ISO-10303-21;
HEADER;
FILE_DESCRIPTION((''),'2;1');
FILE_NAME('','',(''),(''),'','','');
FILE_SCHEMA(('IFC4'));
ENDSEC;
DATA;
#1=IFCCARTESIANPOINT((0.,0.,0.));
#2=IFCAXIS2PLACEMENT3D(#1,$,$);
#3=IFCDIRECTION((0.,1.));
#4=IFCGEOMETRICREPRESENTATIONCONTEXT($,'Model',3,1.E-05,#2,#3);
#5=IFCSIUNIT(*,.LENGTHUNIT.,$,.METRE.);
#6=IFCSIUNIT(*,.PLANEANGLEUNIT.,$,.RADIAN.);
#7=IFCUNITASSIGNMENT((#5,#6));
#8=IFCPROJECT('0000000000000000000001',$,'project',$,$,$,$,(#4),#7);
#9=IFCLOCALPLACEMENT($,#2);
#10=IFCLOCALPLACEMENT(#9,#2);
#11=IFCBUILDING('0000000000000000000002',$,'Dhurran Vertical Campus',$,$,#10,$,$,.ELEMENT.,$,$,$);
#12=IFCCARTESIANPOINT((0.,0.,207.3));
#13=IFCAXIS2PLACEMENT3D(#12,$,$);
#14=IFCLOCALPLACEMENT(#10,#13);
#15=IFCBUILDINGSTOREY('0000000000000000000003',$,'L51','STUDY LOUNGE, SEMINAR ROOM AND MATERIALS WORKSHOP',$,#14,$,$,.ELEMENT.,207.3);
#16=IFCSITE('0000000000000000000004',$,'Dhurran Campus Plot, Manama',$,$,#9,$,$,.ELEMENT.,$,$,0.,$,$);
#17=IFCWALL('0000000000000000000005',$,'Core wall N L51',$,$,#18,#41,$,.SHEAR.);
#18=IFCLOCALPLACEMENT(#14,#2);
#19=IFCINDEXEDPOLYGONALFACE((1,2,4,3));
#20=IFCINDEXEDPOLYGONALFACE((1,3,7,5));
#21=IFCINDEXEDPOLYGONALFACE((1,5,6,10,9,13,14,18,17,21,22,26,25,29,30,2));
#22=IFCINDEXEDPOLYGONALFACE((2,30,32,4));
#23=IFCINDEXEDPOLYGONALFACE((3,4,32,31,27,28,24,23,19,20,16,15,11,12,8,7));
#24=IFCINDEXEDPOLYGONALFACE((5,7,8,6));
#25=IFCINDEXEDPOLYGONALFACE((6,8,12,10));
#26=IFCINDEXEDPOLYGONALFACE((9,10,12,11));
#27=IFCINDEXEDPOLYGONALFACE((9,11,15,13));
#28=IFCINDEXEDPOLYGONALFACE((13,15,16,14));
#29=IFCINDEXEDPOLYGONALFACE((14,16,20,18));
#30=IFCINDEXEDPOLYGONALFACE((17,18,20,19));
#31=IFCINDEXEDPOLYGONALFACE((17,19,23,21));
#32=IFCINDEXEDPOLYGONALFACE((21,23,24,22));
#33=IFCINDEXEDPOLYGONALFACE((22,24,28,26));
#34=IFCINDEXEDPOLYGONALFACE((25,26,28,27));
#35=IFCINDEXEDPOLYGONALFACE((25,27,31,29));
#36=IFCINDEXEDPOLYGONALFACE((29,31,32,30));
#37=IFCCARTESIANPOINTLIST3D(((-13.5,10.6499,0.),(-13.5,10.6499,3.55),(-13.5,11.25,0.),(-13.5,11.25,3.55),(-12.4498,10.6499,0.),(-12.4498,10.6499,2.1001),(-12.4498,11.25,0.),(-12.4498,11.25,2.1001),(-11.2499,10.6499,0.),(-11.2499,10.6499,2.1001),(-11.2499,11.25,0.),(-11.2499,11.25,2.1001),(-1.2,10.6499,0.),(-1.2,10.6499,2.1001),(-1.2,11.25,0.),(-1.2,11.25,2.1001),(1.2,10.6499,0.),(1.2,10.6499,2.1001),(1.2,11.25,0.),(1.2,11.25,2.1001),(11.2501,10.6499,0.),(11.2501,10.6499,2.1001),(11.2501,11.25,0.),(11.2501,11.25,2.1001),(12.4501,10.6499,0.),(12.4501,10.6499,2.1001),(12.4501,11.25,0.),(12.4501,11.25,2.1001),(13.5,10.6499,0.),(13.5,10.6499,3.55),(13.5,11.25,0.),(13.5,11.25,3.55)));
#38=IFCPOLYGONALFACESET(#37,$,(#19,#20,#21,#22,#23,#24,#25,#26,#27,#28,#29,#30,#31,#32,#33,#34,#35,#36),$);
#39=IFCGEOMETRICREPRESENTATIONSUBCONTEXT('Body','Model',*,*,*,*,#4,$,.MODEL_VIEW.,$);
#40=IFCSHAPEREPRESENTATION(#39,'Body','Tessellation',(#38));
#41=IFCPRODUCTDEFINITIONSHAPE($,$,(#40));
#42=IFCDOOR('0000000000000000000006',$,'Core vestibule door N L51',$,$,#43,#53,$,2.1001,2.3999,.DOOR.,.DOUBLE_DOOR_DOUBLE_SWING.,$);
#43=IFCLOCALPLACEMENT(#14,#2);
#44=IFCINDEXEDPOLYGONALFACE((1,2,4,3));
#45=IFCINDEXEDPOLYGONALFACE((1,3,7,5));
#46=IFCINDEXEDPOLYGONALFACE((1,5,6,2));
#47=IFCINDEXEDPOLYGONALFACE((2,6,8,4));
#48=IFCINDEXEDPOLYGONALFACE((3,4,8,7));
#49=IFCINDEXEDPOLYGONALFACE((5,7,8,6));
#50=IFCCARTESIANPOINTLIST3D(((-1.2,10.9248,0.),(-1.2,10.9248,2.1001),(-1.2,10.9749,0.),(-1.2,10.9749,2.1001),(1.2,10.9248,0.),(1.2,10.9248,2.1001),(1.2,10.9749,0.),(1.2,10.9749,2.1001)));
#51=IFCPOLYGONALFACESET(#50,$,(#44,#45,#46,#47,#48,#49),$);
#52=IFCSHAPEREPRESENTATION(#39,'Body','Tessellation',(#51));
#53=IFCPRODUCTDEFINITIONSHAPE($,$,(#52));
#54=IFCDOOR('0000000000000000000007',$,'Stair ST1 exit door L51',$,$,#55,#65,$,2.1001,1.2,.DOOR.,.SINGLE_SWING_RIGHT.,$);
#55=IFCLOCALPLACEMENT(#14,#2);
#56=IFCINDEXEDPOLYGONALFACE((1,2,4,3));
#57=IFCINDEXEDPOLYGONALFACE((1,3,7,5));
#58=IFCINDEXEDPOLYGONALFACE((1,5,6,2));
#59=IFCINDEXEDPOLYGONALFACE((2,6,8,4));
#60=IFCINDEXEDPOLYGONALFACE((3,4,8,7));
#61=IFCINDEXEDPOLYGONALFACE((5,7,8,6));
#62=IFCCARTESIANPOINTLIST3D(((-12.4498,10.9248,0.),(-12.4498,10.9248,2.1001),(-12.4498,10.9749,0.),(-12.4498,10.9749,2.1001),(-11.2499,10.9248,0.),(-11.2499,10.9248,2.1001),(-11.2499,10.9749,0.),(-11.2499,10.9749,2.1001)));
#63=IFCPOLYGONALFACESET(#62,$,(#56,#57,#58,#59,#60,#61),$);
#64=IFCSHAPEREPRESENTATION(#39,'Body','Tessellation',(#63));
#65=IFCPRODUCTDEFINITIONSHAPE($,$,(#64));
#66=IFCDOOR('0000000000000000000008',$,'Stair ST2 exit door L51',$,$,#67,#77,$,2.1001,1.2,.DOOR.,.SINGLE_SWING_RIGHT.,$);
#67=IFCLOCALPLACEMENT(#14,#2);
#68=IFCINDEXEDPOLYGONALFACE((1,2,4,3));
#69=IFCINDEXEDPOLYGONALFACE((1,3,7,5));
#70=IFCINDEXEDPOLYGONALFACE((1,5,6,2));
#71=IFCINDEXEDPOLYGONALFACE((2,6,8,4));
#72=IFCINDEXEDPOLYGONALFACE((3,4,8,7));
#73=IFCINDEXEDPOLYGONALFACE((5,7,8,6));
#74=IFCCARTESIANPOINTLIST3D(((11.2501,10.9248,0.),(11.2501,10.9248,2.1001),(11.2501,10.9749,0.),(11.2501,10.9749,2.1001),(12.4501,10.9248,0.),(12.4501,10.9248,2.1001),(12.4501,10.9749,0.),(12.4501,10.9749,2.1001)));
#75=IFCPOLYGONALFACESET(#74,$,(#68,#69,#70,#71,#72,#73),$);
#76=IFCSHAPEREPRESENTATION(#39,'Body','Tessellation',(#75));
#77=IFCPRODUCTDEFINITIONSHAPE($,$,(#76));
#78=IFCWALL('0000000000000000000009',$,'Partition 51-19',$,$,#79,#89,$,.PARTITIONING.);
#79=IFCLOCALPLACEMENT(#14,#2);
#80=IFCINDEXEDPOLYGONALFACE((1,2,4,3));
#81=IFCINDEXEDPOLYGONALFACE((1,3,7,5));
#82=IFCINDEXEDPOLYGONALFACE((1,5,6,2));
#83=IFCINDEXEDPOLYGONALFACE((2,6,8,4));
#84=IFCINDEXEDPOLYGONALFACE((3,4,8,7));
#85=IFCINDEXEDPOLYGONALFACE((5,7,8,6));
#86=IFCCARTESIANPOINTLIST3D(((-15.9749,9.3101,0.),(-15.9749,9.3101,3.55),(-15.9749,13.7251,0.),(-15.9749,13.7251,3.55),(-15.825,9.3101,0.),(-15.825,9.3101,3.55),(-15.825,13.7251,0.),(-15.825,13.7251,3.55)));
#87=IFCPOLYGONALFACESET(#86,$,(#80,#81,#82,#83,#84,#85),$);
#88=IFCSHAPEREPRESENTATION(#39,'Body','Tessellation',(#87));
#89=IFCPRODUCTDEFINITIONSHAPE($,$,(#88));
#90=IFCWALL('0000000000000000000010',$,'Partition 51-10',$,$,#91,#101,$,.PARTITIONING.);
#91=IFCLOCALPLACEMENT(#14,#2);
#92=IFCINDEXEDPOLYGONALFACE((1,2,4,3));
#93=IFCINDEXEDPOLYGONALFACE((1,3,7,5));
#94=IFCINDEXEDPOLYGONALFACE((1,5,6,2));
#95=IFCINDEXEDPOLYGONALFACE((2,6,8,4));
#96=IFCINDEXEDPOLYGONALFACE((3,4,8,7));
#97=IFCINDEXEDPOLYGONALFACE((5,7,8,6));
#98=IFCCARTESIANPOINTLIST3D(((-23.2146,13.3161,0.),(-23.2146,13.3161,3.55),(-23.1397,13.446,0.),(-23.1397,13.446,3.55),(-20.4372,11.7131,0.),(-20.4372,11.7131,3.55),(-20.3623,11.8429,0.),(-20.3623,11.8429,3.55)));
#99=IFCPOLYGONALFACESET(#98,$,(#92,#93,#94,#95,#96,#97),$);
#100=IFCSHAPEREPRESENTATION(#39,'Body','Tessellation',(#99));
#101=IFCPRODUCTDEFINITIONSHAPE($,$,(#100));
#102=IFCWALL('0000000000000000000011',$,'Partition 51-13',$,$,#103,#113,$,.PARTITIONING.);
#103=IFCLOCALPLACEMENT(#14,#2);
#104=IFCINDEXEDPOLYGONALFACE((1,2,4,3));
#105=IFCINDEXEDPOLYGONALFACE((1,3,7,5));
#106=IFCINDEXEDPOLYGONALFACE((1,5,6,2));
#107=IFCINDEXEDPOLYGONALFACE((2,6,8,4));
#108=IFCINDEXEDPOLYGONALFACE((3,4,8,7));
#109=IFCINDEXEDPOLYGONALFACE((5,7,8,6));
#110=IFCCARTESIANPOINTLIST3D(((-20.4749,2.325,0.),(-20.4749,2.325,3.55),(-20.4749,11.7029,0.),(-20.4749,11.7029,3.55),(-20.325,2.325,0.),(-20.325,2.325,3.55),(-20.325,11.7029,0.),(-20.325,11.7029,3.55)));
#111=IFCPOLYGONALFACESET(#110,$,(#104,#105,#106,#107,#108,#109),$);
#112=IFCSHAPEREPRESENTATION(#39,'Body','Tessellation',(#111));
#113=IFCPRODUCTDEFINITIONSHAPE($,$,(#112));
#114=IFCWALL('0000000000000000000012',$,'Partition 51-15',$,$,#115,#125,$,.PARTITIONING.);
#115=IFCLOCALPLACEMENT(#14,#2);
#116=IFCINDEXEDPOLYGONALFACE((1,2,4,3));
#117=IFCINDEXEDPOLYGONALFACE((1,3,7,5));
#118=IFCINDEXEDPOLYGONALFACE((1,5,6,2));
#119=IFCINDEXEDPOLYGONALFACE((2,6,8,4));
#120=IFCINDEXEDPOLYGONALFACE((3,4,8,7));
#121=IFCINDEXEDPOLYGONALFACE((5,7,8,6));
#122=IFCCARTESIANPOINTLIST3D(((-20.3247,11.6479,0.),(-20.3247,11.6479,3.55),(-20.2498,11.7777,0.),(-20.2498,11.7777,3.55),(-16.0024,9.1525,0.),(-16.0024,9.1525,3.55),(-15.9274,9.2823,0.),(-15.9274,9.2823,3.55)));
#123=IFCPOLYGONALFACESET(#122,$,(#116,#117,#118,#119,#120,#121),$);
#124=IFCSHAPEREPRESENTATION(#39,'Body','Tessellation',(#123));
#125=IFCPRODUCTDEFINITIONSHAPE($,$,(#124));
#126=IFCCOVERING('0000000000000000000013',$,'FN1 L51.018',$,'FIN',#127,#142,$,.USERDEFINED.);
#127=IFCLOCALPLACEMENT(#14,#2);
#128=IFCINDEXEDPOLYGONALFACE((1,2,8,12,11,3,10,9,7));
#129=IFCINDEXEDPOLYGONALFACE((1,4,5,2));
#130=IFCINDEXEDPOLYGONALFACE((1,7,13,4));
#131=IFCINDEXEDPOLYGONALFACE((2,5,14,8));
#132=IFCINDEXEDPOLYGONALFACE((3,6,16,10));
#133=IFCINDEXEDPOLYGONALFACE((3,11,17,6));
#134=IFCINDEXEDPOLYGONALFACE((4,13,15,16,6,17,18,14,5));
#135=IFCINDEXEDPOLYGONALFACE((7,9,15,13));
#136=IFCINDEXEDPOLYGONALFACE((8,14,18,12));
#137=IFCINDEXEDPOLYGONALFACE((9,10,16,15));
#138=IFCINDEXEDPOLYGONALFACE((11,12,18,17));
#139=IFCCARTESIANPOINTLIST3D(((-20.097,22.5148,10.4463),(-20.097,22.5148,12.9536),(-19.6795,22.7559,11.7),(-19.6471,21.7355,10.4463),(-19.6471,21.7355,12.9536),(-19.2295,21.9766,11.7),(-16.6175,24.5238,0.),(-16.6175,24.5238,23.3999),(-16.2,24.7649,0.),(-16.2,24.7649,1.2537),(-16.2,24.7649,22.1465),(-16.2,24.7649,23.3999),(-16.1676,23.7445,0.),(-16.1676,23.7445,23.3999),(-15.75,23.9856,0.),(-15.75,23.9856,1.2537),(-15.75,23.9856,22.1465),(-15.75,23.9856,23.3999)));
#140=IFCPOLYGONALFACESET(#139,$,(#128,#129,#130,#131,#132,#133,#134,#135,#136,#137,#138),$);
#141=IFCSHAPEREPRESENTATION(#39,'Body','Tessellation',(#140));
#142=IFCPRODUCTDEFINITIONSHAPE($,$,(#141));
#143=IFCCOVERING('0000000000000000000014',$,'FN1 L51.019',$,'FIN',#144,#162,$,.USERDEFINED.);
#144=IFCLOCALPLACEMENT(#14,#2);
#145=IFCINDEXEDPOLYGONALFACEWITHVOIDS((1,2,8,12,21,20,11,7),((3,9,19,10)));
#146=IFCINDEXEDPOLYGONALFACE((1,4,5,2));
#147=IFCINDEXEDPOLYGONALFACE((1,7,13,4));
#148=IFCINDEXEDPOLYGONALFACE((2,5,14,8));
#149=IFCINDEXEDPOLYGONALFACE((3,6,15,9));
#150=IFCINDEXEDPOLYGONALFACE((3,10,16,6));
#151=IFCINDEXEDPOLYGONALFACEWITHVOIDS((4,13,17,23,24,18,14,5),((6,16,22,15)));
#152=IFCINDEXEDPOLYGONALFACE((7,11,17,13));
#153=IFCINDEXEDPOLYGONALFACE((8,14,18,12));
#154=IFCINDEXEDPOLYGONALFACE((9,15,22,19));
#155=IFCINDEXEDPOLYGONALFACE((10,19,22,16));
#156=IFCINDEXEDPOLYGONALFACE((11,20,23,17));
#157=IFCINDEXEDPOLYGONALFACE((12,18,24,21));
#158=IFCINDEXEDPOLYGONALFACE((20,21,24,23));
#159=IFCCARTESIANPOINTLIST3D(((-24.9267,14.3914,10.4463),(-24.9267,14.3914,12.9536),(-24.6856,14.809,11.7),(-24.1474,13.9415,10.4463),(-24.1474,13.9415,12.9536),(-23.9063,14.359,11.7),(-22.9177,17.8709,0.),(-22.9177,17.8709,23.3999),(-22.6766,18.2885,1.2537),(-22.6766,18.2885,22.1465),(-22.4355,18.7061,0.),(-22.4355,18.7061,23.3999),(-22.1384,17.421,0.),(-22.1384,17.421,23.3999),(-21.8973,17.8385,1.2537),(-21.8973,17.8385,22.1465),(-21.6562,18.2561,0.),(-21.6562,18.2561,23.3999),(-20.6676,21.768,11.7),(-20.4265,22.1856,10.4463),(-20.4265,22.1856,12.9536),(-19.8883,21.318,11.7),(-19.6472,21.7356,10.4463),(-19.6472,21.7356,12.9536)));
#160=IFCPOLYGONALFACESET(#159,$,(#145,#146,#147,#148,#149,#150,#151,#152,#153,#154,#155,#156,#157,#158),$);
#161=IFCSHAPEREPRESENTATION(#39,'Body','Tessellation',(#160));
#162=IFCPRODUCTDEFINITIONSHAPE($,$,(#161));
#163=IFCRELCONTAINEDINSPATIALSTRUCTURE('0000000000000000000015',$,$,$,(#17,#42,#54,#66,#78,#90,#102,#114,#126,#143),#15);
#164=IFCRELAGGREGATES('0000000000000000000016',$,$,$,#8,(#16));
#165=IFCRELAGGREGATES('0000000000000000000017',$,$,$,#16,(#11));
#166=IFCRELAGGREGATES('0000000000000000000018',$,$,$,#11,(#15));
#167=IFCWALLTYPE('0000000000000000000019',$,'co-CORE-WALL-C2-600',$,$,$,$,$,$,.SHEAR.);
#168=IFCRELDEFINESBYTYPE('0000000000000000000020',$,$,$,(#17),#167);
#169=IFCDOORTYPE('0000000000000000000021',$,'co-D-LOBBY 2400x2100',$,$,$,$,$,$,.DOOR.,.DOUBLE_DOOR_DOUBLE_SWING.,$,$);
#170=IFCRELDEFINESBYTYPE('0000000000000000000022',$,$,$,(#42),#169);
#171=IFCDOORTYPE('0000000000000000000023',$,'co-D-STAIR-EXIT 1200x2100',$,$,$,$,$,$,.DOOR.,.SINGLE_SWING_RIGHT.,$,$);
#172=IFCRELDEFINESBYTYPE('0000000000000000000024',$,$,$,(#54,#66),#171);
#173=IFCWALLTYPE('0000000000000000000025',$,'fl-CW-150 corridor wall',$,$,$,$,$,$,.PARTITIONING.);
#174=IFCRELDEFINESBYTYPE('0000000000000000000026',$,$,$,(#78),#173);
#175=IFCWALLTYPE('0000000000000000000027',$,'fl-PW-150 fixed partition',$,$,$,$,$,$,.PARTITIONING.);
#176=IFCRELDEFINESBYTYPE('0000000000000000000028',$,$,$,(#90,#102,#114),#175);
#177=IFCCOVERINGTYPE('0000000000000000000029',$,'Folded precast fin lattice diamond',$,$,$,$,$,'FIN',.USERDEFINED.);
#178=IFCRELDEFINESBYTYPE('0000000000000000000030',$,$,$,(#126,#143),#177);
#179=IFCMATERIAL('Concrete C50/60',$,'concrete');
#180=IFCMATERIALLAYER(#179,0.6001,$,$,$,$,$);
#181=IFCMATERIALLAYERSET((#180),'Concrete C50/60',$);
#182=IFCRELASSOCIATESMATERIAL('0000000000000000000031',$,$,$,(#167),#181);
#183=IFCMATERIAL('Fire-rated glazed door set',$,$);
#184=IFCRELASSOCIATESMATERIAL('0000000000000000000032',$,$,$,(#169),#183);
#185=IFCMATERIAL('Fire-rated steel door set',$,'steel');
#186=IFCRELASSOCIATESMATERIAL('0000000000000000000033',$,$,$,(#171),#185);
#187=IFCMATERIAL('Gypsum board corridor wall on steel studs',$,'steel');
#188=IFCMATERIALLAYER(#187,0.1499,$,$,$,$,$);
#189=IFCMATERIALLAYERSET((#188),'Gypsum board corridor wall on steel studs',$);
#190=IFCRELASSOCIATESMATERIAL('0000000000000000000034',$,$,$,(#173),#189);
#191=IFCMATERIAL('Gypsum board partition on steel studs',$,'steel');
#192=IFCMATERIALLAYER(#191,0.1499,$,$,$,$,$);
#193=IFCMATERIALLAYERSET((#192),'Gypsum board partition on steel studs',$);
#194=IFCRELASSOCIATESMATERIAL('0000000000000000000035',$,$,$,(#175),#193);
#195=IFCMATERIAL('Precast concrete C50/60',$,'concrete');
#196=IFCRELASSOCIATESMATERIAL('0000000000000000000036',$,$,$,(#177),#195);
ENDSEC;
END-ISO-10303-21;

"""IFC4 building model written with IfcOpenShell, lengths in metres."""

from ifc_helpers import new_model, si_unit, direction, frame, frame_2d, origin, place, context, subcontext, project, spatial, polyline, rectangle, outline, extrude, material, layer, layer_set, type_object, element, fill, save


model = new_model("IFC4")

# Units and contexts
model_context = context("Model", 3, precision=1e-05, world=origin(), true_north=direction((0.0, 1.0)))
body_context = subcontext(model_context, "Body", "Model", "MODEL_VIEW")
ifc_project = project(units=[si_unit("LENGTHUNIT", "METRE"), si_unit("PLANEANGLEUNIT", "RADIAN")], contexts=[model_context])

# Site, building, storey
site_placement = place(None, origin())
site = spatial("IfcSite", under=ifc_project, at=site_placement, Name="Dhurran Campus Plot, Manama", CompositionType="ELEMENT", RefElevation=0.0)
building_placement = place(site_placement, origin())
building = spatial("IfcBuilding", under=site, at=building_placement, Name="Dhurran Vertical Campus", CompositionType="ELEMENT")
storey_placement = place(building_placement, frame((0.0, 0.0, 207.3)))
storey = spatial("IfcBuildingStorey", under=building, at=storey_placement, Name="L51", Description="STUDY LOUNGE, SEMINAR ROOM AND MATERIALS WORKSHOP", CompositionType="ELEMENT", Elevation=207.3)

# Wall, openings, doors
ifc_material_1 = material(Name="Concrete C50/60", Category="concrete")
ifc_layer_1 = layer(ifc_material_1, 0.6001)
ifc_layer_set_1 = layer_set([ifc_layer_1], Name="Concrete C50/60")
wall_type_1 = type_object("IfcWallType", Name="co-CORE-WALL-C2-600", PredefinedType="SHEAR", material=ifc_layer_set_1)
wall_1_placement = place(storey_placement, frame((-13.5, 10.95, 0.0), z_axis=(0.0, 0.0, 1.0), x_axis=(1.0, 0.0, 0.0)))
wall_1 = element("IfcWall", 1, at=wall_1_placement, inside=storey, type_object=wall_type_1, Name="Core wall N L51", PredefinedType="SHEAR", context=body_context, shape_type="SweptSolid", body=[
    extrude(rectangle(XDim=27.0, YDim=0.6001, at=frame_2d((13.5, 0.0))), origin(), (0.0, 0.0, 1.0), 3.55),
])
opening_1_placement = place(wall_1_placement, frame((12.3, 0.0, 0.0)))
opening_1 = element("IfcOpeningElement", 2, at=opening_1_placement, cuts=wall_1, PredefinedType="OPENING", context=body_context, shape_type="SweptSolid", body=[
    extrude(rectangle(XDim=2.3999, YDim=2.1001, at=frame_2d((1.2, 1.05))), frame((0.0, 0.3101, 0.0), z_axis=(0.0, -1.0, 0.0), x_axis=(1.0, 0.0, 0.0)), (0.0, 0.0, 1.0), 0.6201),
])
opening_2_placement = place(wall_1_placement, frame((1.05, 0.0, 0.0)))
opening_2 = element("IfcOpeningElement", 3, at=opening_2_placement, cuts=wall_1, PredefinedType="OPENING", context=body_context, shape_type="SweptSolid", body=[
    extrude(rectangle(XDim=1.2, YDim=2.1001, at=frame_2d((0.6001, 1.05))), frame((0.0, 0.3101, 0.0), z_axis=(0.0, -1.0, 0.0), x_axis=(1.0, 0.0, 0.0)), (0.0, 0.0, 1.0), 0.6201),
])
opening_3_placement = place(wall_1_placement, frame((24.75, 0.0, 0.0)))
opening_3 = element("IfcOpeningElement", 4, at=opening_3_placement, cuts=wall_1, PredefinedType="OPENING", context=body_context, shape_type="SweptSolid", body=[
    extrude(rectangle(XDim=1.2, YDim=2.1001, at=frame_2d((0.6001, 1.05))), frame((0.0, 0.3101, 0.0), z_axis=(0.0, -1.0, 0.0), x_axis=(1.0, 0.0, 0.0)), (0.0, 0.0, 1.0), 0.6201),
])
ifc_material_2 = material(Name="Fire-rated glazed door set")
door_type_1 = type_object("IfcDoorType", Name="co-D-LOBBY 2400x2100", OperationType="DOUBLE_DOOR_DOUBLE_SWING", PredefinedType="DOOR", material=ifc_material_2)
door_1_placement = place(opening_1_placement, origin())
door_1 = element("IfcDoor", 5, at=door_1_placement, inside=storey, type_object=door_type_1, Name="Core vestibule door N L51", OperationType="DOUBLE_DOOR_DOUBLE_SWING", OverallHeight=2.1001, OverallWidth=2.3999, PredefinedType="DOOR", context=body_context, shape_type="SweptSolid", body=[
    extrude(rectangle(XDim=2.3999, YDim=2.1001, at=frame_2d((1.2, 1.05))), frame((0.0, 0.0249, 0.0), z_axis=(0.0, -1.0, 0.0), x_axis=(1.0, 0.0, 0.0)), (0.0, 0.0, 1.0), 0.05),
])
fill(opening_1, door_1)
ifc_material_3 = material(Name="Fire-rated steel door set", Category="steel")
door_type_2 = type_object("IfcDoorType", Name="co-D-STAIR-EXIT 1200x2100", OperationType="SINGLE_SWING_RIGHT", PredefinedType="DOOR", material=ifc_material_3)
door_2_placement = place(opening_2_placement, origin())
door_2 = element("IfcDoor", 6, at=door_2_placement, inside=storey, type_object=door_type_2, Name="Stair ST1 exit door L51", OperationType="SINGLE_SWING_RIGHT", OverallHeight=2.1001, OverallWidth=1.2, PredefinedType="DOOR", context=body_context, shape_type="SweptSolid", body=[
    extrude(rectangle(XDim=1.2, YDim=2.1001, at=frame_2d((0.6001, 1.05))), frame((0.0, 0.0249, 0.0), z_axis=(0.0, -1.0, 0.0), x_axis=(1.0, 0.0, 0.0)), (0.0, 0.0, 1.0), 0.05),
])
fill(opening_2, door_2)
door_3_placement = place(opening_3_placement, origin())
door_3 = element("IfcDoor", 7, at=door_3_placement, inside=storey, type_object=door_type_2, Name="Stair ST2 exit door L51", OperationType="SINGLE_SWING_RIGHT", OverallHeight=2.1001, OverallWidth=1.2, PredefinedType="DOOR", context=body_context, shape_type="SweptSolid", body=[
    extrude(rectangle(XDim=1.2, YDim=2.1001, at=frame_2d((0.6001, 1.05))), frame((0.0, 0.0249, 0.0), z_axis=(0.0, -1.0, 0.0), x_axis=(1.0, 0.0, 0.0)), (0.0, 0.0, 1.0), 0.05),
])
fill(opening_3, door_3)

# Walls
ifc_material_4 = material(Name="Gypsum board corridor wall on steel studs", Category="steel")
ifc_layer_2 = layer(ifc_material_4, 0.1499)
ifc_layer_set_2 = layer_set([ifc_layer_2], Name="Gypsum board corridor wall on steel studs")
wall_type_2 = type_object("IfcWallType", Name="fl-CW-150 corridor wall", PredefinedType="PARTITIONING", material=ifc_layer_set_2)
wall_2_placement = place(storey_placement, frame((-15.8999, 13.7251, 0.0), z_axis=(0.0, 0.0, 1.0), x_axis=(0.0, -1.0, 0.0)))
element("IfcWall", 8, at=wall_2_placement, inside=storey, type_object=wall_type_2, Name="Partition 51-19", PredefinedType="PARTITIONING", context=body_context, shape_type="SweptSolid", body=[
    extrude(rectangle(XDim=4.415, YDim=0.1499, at=frame_2d((2.2075, 0.0))), origin(), (0.0, 0.0, 1.0), 3.55),
])
ifc_material_5 = material(Name="Gypsum board partition on steel studs", Category="steel")
ifc_layer_3 = layer(ifc_material_5, 0.1499)
ifc_layer_set_3 = layer_set([ifc_layer_3], Name="Gypsum board partition on steel studs")
wall_type_3 = type_object("IfcWallType", Name="fl-PW-150 fixed partition", PredefinedType="PARTITIONING", material=ifc_layer_set_3)
wall_3_placement = place(storey_placement, frame((-23.1772, 13.3811, 0.0), z_axis=(0.0, 0.0, 1.0), x_axis=(0.866089, -0.499889, 0.0)))
element("IfcWall", 9, at=wall_3_placement, inside=storey, type_object=wall_type_3, Name="Partition 51-10", PredefinedType="PARTITIONING", context=body_context, shape_type="SweptSolid", body=[
    extrude(rectangle(XDim=3.2068, YDim=0.1499, at=frame_2d((1.6035, 0.0))), origin(), (0.0, 0.0, 1.0), 3.55),
])
wall_4_placement = place(storey_placement, frame((-20.3999, 11.7029, 0.0), z_axis=(0.0, 0.0, 1.0), x_axis=(0.0, -1.0, 0.0)))
element("IfcWall", 10, at=wall_4_placement, inside=storey, type_object=wall_type_3, Name="Partition 51-13", PredefinedType="PARTITIONING", context=body_context, shape_type="SweptSolid", body=[
    extrude(rectangle(XDim=9.3779, YDim=0.1499, at=frame_2d((4.689, 0.0))), origin(), (0.0, 0.0, 1.0), 3.55),
])
wall_5_placement = place(storey_placement, frame((-20.2874, 11.7129, 0.0), z_axis=(0.0, 0.0, 1.0), x_axis=(0.866034, -0.499985, 0.0)))
element("IfcWall", 11, at=wall_5_placement, inside=storey, type_object=wall_type_3, Name="Partition 51-15", PredefinedType="PARTITIONING", context=body_context, shape_type="SweptSolid", body=[
    extrude(rectangle(XDim=4.991, YDim=0.1499, at=frame_2d((2.4956, 0.0))), origin(), (0.0, 0.0, 1.0), 3.55),
])

# Coverings
ifc_material_6 = material(Name="Precast concrete C50/60", Category="concrete")
covering_type = type_object("IfcCoveringType", Name="Folded precast fin lattice diamond", ElementType="FIN", PredefinedType="USERDEFINED", material=ifc_material_6)
covering_placement = place(storey_placement, frame((-15.75, 23.9856, 0.0), z_axis=(-0.50002, 0.866014, 0.0), x_axis=(-0.866014, -0.50002, 0.0)))
element("IfcCovering", 12, at=covering_placement, inside=storey, type_object=covering_type, Name="FN1 L51.018", ObjectType="FIN", PredefinedType="USERDEFINED", context=body_context, shape_type="SweptSolid", body=[
    extrude(outline(polyline([(4.5, 10.4463), (0.4822, 0.0), (0.0, 0.0), (0.0, 1.2537), (4.0178, 11.7), (0.0, 22.1465), (0.0, 23.3999), (0.4822, 23.3999), (4.5, 12.9536), (4.5, 10.4463)])), origin(), (0.0, 0.0, 1.0), 0.8999),
])
for number, where, z_axis, x_axis, name in (
    (13, (-19.6472, 21.7356, 0.0), (-0.866014, 0.50002, 0.0), (-0.50002, -0.866014, 0.0), "FN1 L51.019"),
):
    element("IfcCovering", number, at=place(storey_placement, frame(where, z_axis=z_axis, x_axis=x_axis)), inside=storey, type_object=covering_type, Name=name, ObjectType="FIN", PredefinedType="USERDEFINED", context=body_context, shape_type="SweptSolid", body=[
        extrude(outline(polyline([(9.0, 12.9536), (9.0, 10.4463), (4.9822, 0.0), (4.0178, 0.0), (0.0, 10.4463), (0.0, 12.9536), (4.0178, 23.3999), (4.9822, 23.3999), (9.0, 12.9536)]), holes=[polyline([(8.5178, 11.7), (4.5, 22.1465), (0.4822, 11.7), (4.5, 1.2537), (8.5178, 11.7)])]), origin(), (0.0, 0.0, 1.0), 0.8999),
    ])

save(model, "model.ifc")
